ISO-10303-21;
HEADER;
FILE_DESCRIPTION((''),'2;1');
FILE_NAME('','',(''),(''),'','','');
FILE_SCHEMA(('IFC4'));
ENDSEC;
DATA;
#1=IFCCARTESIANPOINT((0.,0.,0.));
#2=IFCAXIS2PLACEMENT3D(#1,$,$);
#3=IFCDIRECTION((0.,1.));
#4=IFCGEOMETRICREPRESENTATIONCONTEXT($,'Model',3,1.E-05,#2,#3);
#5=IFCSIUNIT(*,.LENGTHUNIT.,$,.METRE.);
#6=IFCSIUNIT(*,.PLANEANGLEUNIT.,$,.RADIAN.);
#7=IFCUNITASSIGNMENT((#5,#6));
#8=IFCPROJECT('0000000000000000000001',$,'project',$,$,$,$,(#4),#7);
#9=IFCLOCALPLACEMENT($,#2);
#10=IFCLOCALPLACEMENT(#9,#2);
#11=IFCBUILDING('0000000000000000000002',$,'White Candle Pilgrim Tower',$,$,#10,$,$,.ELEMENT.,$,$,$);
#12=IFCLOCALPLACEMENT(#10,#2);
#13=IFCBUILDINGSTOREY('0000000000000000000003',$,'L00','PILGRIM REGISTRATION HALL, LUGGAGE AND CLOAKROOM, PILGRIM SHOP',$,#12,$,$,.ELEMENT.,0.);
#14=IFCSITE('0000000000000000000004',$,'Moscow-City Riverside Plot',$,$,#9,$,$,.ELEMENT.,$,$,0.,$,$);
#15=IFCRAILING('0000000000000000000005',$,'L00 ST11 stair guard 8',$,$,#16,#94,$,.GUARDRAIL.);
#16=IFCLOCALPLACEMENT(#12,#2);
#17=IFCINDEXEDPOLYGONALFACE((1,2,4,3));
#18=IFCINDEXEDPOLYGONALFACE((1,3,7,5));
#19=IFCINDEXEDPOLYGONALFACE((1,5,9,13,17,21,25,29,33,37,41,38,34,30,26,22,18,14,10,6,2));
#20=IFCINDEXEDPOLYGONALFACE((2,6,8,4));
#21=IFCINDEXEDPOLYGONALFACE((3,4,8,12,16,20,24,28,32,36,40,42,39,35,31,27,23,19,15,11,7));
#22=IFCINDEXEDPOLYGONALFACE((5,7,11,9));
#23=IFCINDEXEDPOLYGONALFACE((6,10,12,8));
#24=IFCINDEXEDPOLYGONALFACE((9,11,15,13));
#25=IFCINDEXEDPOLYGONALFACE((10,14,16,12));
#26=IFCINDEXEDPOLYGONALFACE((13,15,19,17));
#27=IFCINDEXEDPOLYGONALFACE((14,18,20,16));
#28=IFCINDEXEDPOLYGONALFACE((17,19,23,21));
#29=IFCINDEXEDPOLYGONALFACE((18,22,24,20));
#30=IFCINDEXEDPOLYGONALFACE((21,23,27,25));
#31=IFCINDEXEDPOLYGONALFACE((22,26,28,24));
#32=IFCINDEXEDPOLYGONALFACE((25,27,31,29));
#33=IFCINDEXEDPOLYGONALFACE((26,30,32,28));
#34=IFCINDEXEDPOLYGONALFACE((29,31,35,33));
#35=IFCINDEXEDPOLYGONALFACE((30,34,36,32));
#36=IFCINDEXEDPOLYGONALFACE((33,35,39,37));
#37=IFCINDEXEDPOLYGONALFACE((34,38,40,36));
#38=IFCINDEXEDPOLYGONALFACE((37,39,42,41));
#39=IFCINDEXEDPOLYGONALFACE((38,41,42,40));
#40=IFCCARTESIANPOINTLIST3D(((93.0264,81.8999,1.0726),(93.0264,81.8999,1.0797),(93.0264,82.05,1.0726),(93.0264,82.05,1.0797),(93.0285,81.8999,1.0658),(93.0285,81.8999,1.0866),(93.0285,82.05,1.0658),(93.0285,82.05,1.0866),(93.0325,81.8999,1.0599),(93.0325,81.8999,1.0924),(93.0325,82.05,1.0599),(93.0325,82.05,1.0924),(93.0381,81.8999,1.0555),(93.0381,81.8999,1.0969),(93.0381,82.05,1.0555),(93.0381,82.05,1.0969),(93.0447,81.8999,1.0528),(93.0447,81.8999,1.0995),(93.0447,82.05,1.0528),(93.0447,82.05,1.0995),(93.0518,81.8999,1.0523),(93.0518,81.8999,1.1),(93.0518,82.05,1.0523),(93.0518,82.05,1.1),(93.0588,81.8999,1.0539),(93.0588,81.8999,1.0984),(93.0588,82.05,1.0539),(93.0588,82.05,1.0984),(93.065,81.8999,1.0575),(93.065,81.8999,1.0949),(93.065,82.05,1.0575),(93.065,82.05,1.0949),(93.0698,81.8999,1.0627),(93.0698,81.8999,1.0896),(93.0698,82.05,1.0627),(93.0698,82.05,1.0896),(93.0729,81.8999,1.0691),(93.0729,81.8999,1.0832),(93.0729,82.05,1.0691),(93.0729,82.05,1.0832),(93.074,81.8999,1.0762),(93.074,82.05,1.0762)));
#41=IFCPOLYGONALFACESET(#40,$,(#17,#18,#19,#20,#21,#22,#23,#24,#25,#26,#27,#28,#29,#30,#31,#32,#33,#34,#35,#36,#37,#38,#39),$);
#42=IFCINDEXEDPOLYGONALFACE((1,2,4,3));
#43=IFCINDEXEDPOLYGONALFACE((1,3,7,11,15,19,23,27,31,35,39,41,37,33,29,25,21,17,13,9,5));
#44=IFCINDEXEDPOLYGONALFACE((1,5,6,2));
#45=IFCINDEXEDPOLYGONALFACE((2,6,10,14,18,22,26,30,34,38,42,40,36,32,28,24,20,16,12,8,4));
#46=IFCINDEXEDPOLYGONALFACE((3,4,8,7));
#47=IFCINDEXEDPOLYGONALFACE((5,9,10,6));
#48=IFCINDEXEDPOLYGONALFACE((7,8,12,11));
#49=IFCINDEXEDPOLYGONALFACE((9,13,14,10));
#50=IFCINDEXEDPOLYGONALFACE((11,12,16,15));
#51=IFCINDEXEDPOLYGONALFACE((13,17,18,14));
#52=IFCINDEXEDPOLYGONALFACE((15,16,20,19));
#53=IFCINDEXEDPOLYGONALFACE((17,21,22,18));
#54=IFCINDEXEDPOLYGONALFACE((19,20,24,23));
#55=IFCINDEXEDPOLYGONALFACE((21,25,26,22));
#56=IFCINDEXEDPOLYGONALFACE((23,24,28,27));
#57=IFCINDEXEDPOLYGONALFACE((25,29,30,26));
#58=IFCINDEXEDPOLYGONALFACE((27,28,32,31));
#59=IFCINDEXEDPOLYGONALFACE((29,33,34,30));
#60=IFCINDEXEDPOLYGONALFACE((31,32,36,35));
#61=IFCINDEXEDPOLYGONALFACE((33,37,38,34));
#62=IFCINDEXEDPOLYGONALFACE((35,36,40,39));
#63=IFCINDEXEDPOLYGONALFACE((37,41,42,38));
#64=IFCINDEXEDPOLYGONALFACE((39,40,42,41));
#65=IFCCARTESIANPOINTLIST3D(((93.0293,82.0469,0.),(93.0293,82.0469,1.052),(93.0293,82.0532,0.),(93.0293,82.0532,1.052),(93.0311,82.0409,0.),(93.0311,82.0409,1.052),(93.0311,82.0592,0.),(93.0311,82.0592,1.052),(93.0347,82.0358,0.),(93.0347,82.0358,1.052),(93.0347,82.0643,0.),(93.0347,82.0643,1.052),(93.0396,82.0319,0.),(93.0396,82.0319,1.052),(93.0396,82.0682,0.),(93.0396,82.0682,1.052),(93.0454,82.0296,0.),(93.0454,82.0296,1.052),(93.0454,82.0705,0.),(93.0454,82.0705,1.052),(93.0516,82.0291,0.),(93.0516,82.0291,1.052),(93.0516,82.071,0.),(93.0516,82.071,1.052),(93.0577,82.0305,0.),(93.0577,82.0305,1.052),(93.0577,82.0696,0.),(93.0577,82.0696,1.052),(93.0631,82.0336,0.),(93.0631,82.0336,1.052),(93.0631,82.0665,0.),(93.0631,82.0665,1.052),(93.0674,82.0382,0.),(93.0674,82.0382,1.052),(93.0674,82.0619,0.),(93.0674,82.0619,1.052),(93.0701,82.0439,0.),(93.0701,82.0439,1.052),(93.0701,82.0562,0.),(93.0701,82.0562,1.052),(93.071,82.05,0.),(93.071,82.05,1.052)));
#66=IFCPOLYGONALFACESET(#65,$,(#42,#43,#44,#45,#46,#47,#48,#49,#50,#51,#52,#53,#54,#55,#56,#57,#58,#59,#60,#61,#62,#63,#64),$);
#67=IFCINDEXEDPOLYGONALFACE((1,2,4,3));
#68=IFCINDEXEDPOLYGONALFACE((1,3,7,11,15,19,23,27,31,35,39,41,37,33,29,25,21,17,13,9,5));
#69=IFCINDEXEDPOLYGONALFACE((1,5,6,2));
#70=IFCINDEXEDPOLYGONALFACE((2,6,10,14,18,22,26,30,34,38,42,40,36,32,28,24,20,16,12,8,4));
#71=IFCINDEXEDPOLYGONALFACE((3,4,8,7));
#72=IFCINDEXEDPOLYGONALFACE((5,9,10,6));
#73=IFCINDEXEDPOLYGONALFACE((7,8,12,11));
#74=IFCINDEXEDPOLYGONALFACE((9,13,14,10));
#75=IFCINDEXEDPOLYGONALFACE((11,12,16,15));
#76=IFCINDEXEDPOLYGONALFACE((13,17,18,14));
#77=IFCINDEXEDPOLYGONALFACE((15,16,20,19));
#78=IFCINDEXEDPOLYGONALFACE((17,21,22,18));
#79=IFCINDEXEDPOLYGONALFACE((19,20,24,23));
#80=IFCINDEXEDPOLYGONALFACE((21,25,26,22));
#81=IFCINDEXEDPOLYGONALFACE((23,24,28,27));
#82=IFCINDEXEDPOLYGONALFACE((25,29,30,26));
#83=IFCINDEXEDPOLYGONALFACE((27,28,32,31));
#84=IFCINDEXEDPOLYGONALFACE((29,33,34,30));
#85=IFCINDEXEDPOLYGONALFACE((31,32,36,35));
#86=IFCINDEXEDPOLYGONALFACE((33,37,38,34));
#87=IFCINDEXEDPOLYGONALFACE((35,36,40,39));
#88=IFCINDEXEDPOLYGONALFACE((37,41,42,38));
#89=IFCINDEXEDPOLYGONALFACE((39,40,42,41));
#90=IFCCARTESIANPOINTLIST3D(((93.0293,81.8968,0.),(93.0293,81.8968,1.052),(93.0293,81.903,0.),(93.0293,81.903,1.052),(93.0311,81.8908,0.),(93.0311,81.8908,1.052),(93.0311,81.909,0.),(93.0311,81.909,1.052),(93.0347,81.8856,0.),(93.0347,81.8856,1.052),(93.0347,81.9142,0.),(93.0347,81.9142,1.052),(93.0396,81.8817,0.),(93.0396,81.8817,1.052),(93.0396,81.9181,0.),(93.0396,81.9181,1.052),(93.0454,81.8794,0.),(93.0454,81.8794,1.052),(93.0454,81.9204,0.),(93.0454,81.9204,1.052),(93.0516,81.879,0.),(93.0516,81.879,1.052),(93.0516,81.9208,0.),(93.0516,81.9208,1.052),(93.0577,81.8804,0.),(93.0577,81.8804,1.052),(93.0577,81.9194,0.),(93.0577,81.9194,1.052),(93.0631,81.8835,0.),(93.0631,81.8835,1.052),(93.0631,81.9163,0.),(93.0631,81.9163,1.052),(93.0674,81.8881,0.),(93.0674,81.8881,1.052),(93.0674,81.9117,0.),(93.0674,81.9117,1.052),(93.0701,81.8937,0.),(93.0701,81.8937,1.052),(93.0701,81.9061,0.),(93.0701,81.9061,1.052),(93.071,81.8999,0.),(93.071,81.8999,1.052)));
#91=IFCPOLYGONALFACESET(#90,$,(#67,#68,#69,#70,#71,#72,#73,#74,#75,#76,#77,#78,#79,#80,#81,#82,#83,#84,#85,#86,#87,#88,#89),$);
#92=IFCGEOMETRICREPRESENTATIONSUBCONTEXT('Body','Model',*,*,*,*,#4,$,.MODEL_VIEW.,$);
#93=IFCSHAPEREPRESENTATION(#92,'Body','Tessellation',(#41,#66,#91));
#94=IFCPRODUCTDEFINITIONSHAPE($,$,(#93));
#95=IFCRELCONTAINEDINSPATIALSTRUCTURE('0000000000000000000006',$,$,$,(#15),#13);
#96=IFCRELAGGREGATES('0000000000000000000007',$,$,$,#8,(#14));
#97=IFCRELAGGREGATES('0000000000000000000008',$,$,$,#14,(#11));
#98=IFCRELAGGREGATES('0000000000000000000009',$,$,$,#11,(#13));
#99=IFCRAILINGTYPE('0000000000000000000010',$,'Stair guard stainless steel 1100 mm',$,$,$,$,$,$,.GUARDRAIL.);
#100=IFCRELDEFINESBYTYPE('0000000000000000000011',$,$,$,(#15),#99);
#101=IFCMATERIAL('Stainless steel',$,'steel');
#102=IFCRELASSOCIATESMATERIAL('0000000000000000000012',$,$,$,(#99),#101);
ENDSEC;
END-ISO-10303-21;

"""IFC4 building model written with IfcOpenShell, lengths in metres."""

from ifc_helpers import new_model, si_unit, direction, frame, origin, origin_2d, place, context, subcontext, project, spatial, circle, extrude, material, type_object, element, save


model = new_model("IFC4")

# Units and contexts
model_context = context("Model", 3, precision=1e-05, world=origin(), true_north=direction((0.0, 1.0)))
body_context = subcontext(model_context, "Body", "Model", "MODEL_VIEW")
ifc_project = project(units=[si_unit("LENGTHUNIT", "METRE"), si_unit("PLANEANGLEUNIT", "RADIAN")], contexts=[model_context])

# Site, building, storey
site_placement = place(None, origin())
site = spatial("IfcSite", under=ifc_project, at=site_placement, Name="Moscow-City Riverside Plot", CompositionType="ELEMENT", RefElevation=0.0)
building_placement = place(site_placement, origin())
building = spatial("IfcBuilding", under=site, at=building_placement, Name="White Candle Pilgrim Tower", CompositionType="ELEMENT")
storey_placement = place(building_placement, origin())
storey = spatial("IfcBuildingStorey", under=building, at=storey_placement, Name="L00", Description="PILGRIM REGISTRATION HALL, LUGGAGE AND CLOAKROOM, PILGRIM SHOP", CompositionType="ELEMENT", Elevation=0.0)

# Railing
ifc_material_1 = material(Name="Stainless steel", Category="steel")
railing_type_1 = type_object("IfcRailingType", Name="Stair guard stainless steel 1100 mm", PredefinedType="GUARDRAIL", material=ifc_material_1)
railing_1_placement = place(storey_placement, frame((93.05, 82.05, 0.0)))
element("IfcRailing", 1, at=railing_1_placement, inside=storey, type_object=railing_type_1, Name="L00 ST11 stair guard 8", PredefinedType="GUARDRAIL", context=body_context, shape_type="SweptSolid", body=[
    extrude(circle(Radius=0.0239, at=origin_2d()), frame((0.0, 0.0, 1.0762), z_axis=(0.0, -1.0, 0.0), x_axis=(1.0, 0.0, 0.0)), (0.0, 0.0, 1.0), 0.1501),
    extrude(circle(Radius=0.021, at=origin_2d()), origin(), (0.0, 0.0, 1.0), 1.052),
    extrude(circle(Radius=0.021, at=origin_2d()), frame((0.0, -0.1501, 0.0)), (0.0, 0.0, 1.0), 1.052),
])

save(model, "model.ifc")
